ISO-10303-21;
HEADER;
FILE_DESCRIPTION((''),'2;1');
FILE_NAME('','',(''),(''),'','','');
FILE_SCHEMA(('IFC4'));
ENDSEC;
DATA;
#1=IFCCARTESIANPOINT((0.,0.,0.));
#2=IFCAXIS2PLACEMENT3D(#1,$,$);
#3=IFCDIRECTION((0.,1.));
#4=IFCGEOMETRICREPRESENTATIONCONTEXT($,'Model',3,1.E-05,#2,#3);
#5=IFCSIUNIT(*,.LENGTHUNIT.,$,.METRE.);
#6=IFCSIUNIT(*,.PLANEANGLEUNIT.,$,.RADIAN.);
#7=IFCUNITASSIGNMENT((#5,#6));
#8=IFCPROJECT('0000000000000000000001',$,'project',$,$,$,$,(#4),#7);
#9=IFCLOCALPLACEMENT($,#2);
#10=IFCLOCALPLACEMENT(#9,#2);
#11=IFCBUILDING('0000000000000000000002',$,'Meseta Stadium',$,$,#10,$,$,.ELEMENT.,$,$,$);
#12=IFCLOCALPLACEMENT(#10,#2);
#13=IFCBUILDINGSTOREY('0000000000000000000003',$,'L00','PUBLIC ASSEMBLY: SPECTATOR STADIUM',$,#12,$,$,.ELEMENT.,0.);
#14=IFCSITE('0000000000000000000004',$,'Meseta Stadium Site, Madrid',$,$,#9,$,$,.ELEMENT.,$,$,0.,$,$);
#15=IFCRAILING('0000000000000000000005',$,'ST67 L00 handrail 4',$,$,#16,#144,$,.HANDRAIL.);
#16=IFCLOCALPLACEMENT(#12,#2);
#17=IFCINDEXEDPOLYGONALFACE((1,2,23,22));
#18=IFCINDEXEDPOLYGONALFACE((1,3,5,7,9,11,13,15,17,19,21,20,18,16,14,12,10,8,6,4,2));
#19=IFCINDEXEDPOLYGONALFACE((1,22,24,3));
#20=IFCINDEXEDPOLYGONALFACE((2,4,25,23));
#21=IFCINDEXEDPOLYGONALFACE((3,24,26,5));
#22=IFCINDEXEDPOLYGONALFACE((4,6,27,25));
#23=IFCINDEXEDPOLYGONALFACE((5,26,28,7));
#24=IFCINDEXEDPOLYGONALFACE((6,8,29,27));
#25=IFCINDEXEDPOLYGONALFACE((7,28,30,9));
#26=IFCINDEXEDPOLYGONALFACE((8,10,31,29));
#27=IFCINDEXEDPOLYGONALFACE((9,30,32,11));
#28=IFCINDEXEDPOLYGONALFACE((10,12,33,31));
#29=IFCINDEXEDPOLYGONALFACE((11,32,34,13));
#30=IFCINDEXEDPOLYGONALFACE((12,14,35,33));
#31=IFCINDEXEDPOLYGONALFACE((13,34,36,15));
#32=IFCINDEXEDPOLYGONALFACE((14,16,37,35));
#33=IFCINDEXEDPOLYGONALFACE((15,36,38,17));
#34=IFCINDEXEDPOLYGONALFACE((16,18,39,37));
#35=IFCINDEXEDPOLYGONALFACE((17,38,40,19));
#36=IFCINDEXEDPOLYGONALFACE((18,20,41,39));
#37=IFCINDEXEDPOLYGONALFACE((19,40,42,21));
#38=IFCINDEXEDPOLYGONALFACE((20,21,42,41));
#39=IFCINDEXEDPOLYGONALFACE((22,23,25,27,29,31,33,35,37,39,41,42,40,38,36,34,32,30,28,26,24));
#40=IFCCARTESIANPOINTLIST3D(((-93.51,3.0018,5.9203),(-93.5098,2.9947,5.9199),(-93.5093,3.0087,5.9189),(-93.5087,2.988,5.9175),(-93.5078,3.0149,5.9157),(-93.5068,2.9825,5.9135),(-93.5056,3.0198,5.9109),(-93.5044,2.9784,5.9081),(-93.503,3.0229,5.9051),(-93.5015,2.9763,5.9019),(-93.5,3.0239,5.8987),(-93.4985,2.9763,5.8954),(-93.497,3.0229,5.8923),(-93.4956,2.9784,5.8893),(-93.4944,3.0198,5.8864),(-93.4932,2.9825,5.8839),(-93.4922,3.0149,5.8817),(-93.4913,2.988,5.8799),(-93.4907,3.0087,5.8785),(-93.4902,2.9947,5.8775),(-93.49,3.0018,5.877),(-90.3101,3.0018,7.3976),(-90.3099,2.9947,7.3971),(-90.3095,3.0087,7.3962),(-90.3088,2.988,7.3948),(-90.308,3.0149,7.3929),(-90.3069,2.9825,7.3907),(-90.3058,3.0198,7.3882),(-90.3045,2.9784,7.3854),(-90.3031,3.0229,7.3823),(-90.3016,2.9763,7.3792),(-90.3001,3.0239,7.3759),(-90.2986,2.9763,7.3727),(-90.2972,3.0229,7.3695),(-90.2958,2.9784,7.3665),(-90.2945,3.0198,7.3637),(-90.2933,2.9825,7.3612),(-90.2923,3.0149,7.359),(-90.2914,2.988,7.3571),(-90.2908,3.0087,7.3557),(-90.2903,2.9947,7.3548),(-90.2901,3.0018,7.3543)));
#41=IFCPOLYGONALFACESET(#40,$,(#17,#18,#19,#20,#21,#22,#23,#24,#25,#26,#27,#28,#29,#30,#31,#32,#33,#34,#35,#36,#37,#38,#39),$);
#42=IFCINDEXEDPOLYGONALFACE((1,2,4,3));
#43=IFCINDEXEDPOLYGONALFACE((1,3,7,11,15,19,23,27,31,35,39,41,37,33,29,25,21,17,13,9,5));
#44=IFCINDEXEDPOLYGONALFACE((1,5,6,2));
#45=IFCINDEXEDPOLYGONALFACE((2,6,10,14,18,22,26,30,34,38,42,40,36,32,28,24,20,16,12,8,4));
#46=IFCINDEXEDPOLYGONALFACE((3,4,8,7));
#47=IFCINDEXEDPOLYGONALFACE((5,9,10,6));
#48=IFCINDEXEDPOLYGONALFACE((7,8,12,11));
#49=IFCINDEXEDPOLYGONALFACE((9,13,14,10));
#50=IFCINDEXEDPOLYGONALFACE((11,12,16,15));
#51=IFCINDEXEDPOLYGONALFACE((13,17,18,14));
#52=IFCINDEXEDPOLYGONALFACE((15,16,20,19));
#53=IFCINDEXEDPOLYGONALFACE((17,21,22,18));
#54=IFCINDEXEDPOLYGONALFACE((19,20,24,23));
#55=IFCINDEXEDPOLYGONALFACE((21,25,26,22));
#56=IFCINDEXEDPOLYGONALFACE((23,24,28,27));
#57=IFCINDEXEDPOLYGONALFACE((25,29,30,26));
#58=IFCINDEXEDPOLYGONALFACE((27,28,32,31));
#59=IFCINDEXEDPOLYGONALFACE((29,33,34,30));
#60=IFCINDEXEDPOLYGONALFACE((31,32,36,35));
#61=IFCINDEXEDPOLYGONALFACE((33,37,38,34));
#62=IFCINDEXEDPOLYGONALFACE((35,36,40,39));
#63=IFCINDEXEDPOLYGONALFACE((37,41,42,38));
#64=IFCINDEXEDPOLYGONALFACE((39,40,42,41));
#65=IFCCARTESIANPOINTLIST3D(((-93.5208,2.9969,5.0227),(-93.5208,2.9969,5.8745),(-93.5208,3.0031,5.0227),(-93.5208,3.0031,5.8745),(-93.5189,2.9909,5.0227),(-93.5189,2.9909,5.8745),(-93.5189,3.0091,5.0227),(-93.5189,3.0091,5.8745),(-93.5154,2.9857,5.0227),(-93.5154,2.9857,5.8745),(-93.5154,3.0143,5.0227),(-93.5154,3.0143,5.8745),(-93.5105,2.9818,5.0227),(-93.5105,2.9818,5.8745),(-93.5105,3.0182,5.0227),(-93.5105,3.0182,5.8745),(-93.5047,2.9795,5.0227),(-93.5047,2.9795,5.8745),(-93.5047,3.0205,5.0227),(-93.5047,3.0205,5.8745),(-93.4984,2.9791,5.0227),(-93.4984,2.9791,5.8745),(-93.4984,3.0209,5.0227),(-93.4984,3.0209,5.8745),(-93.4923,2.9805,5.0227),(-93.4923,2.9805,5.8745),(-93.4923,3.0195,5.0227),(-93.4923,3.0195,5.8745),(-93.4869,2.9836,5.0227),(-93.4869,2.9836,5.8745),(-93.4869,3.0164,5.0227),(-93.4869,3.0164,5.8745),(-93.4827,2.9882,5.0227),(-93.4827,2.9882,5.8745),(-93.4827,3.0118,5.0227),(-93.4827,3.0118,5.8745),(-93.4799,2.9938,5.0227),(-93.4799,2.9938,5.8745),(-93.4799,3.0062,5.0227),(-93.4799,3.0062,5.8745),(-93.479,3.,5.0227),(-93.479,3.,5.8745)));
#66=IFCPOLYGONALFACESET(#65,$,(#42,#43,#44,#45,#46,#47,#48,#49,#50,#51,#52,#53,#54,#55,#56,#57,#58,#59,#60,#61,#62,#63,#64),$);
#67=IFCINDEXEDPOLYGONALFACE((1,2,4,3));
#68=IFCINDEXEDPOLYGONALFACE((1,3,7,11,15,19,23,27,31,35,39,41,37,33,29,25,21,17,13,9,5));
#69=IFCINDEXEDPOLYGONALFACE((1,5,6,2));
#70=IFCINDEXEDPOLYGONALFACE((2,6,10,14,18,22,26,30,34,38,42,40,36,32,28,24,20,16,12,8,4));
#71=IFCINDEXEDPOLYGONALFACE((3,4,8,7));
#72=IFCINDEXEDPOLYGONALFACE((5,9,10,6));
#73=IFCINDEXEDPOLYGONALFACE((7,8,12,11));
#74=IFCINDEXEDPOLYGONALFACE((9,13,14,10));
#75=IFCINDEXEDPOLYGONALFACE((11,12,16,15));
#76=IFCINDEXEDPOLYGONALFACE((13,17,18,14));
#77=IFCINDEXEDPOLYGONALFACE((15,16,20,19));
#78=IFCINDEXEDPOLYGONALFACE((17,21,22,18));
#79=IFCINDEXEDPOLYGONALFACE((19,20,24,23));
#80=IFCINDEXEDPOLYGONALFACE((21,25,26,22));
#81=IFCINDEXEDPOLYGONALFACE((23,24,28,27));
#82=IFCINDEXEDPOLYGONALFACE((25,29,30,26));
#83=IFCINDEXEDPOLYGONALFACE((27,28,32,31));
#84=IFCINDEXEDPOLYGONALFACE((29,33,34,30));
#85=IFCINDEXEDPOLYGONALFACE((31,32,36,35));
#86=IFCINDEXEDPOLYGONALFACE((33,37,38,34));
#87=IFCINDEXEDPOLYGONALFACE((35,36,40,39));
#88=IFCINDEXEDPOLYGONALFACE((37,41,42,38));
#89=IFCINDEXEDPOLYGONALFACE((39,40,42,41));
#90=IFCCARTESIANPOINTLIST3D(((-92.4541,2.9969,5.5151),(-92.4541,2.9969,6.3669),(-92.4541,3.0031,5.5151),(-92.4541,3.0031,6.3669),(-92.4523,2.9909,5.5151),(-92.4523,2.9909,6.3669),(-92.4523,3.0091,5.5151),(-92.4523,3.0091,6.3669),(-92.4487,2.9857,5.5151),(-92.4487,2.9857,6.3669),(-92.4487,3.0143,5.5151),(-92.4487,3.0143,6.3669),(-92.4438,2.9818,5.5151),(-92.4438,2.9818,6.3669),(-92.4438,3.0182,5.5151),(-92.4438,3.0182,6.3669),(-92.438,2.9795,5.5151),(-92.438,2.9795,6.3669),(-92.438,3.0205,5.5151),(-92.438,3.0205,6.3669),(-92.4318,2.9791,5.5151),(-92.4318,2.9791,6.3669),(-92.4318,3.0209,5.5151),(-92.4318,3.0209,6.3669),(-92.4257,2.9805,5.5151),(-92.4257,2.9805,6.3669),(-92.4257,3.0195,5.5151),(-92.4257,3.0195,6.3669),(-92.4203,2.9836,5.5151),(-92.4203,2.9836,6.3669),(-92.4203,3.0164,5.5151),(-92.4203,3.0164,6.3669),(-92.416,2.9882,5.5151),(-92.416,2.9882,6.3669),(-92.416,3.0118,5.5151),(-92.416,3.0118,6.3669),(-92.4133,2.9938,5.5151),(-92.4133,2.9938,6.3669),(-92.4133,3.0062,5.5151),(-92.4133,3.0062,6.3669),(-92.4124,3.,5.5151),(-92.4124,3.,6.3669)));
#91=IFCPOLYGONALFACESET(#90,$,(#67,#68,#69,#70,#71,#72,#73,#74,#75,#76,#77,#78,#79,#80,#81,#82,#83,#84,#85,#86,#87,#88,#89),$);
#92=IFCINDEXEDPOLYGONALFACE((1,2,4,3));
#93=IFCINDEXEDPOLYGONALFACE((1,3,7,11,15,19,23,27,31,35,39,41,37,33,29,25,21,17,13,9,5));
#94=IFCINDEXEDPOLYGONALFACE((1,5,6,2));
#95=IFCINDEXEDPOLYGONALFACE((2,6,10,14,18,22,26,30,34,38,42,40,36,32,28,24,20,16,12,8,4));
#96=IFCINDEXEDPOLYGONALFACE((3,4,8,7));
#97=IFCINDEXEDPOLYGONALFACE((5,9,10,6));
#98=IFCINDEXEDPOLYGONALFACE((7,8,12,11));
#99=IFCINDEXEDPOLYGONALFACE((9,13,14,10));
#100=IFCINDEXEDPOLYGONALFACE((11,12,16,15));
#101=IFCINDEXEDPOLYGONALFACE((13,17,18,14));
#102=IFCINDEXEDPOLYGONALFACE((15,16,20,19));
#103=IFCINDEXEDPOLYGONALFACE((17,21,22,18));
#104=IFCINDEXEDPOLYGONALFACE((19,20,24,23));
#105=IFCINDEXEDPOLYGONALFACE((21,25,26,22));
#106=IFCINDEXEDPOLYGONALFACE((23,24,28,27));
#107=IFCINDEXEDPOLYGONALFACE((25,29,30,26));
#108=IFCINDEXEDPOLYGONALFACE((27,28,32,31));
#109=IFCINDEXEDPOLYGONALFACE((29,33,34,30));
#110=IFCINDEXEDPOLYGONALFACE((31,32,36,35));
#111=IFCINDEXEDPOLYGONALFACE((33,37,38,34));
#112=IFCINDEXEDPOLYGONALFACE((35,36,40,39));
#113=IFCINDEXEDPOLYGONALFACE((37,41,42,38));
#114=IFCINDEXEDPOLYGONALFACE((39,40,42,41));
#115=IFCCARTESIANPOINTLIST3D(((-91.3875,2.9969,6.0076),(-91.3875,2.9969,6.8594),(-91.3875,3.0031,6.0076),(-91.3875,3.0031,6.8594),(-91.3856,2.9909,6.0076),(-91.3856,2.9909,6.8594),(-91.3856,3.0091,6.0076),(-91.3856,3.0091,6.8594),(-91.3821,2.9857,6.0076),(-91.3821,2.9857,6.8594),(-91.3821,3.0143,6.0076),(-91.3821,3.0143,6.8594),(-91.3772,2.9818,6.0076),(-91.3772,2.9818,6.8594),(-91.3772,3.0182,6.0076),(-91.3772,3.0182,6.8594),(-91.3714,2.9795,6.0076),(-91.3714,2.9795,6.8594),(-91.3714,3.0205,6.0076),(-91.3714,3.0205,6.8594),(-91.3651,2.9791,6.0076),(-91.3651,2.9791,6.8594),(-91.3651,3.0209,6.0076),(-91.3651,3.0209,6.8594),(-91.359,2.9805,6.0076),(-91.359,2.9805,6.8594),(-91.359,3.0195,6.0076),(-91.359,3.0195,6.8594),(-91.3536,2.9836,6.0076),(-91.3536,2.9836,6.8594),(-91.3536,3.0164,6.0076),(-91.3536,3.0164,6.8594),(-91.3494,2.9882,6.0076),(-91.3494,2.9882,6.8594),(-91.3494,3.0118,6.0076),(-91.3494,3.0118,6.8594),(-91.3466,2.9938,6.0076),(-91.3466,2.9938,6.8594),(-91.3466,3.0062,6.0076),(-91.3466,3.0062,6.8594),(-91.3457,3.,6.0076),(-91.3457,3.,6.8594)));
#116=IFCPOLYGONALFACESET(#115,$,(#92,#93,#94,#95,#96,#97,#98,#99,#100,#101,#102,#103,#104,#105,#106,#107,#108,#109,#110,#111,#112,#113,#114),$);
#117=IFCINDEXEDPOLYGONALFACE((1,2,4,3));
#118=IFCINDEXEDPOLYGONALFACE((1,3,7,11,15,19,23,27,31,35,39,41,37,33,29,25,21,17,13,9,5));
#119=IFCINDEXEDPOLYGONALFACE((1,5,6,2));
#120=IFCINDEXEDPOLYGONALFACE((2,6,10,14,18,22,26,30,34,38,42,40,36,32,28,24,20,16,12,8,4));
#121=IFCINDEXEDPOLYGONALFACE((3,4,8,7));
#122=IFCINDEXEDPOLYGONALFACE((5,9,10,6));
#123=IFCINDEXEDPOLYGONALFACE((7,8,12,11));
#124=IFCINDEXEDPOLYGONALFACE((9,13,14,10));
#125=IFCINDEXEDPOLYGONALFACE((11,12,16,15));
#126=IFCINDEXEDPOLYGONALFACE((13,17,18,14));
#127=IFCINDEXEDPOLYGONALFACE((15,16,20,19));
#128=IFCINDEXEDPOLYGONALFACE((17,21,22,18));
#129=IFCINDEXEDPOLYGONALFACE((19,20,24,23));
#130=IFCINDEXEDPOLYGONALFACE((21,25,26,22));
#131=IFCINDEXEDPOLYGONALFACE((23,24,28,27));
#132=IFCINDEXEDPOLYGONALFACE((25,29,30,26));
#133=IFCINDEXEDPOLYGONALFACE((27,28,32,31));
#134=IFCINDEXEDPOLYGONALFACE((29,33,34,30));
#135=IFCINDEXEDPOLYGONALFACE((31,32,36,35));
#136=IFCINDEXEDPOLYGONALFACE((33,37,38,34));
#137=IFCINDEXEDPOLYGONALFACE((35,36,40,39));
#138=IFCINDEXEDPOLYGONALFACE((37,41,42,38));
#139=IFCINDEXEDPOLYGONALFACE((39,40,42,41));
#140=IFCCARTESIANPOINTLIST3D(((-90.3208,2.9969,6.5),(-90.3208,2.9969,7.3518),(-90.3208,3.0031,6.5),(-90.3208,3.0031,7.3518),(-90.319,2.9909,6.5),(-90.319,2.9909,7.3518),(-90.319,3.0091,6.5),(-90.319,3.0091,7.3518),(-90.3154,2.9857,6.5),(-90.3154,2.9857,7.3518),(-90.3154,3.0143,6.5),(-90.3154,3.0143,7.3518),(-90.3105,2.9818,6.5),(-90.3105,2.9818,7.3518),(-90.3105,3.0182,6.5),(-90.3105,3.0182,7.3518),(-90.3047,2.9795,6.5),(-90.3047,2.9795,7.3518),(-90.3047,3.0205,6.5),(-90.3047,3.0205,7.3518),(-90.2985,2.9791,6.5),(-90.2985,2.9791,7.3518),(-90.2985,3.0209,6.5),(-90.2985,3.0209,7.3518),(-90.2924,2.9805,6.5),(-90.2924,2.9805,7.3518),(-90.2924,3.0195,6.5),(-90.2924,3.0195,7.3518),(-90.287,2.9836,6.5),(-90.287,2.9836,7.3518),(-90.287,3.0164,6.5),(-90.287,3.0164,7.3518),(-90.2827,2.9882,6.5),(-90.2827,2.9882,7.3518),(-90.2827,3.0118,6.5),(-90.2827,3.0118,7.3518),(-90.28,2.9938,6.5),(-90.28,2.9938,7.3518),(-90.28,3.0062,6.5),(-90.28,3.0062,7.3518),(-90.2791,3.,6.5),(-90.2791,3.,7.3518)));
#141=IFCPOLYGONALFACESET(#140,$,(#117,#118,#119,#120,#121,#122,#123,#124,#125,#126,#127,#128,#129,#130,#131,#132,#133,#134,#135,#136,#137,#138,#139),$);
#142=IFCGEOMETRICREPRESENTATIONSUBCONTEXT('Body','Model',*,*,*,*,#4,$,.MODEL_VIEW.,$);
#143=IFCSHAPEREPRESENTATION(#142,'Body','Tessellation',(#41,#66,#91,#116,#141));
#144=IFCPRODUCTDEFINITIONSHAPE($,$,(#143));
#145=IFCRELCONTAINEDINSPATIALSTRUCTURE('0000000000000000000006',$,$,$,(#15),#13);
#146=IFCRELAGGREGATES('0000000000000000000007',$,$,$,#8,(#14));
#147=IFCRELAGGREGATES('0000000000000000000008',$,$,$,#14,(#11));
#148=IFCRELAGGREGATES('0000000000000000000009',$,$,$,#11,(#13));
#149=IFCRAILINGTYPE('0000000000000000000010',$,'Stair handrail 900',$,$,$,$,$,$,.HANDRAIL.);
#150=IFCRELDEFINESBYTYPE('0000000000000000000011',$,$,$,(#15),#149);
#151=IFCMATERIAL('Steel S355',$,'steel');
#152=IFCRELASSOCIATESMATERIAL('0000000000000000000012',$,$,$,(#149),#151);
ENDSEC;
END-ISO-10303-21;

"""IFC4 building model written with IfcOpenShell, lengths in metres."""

from ifc_helpers import new_model, si_unit, direction, frame, origin, origin_2d, place, context, subcontext, project, spatial, circle, extrude, material, type_object, element, save


model = new_model("IFC4")

# Units and contexts
model_context = context("Model", 3, precision=1e-05, world=origin(), true_north=direction((0.0, 1.0)))
body_context = subcontext(model_context, "Body", "Model", "MODEL_VIEW")
ifc_project = project(units=[si_unit("LENGTHUNIT", "METRE"), si_unit("PLANEANGLEUNIT", "RADIAN")], contexts=[model_context])

# Site, building, storey
site_placement = place(None, origin())
site = spatial("IfcSite", under=ifc_project, at=site_placement, Name="Meseta Stadium Site, Madrid", CompositionType="ELEMENT", RefElevation=0.0)
building_placement = place(site_placement, origin())
building = spatial("IfcBuilding", under=site, at=building_placement, Name="Meseta Stadium", CompositionType="ELEMENT")
storey_placement = place(building_placement, origin())
storey = spatial("IfcBuildingStorey", under=building, at=storey_placement, Name="L00", Description="PUBLIC ASSEMBLY: SPECTATOR STADIUM", CompositionType="ELEMENT", Elevation=0.0)

# Railing
ifc_material_1 = material(Name="Steel S355", Category="steel")
railing_type_1 = type_object("IfcRailingType", Name="Stair handrail 900", PredefinedType="HANDRAIL", material=ifc_material_1)
for number, where, name in (
    (1, (-93.5, 3.0, 5.0227), "ST67 L00 handrail 4"),
):
    element("IfcRailing", number, at=place(storey_placement, frame(where)), inside=storey, type_object=railing_type_1, Name=name, PredefinedType="HANDRAIL", context=body_context, shape_type="SweptSolid", body=[
        extrude(circle(Radius=0.0239, at=origin_2d()), frame((0.0, 0.0, 0.876), z_axis=(0.907917, 0.0, 0.41915), x_axis=(0.0, 1.0, 0.0)), (0.0, 0.0, 1.0), 3.5244),
        extrude(circle(Radius=0.021, at=origin_2d()), origin(), (0.0, 0.0, 1.0), 0.8518),
        extrude(circle(Radius=0.021, at=origin_2d()), frame((1.0667, 0.0, 0.4924)), (0.0, 0.0, 1.0), 0.8518),
        extrude(circle(Radius=0.021, at=origin_2d()), frame((2.1333, 0.0, 0.9849)), (0.0, 0.0, 1.0), 0.8518),
        extrude(circle(Radius=0.021, at=origin_2d()), frame((3.2, 0.0, 1.4773)), (0.0, 0.0, 1.0), 0.8518),
    ])

save(model, "model.ifc")
